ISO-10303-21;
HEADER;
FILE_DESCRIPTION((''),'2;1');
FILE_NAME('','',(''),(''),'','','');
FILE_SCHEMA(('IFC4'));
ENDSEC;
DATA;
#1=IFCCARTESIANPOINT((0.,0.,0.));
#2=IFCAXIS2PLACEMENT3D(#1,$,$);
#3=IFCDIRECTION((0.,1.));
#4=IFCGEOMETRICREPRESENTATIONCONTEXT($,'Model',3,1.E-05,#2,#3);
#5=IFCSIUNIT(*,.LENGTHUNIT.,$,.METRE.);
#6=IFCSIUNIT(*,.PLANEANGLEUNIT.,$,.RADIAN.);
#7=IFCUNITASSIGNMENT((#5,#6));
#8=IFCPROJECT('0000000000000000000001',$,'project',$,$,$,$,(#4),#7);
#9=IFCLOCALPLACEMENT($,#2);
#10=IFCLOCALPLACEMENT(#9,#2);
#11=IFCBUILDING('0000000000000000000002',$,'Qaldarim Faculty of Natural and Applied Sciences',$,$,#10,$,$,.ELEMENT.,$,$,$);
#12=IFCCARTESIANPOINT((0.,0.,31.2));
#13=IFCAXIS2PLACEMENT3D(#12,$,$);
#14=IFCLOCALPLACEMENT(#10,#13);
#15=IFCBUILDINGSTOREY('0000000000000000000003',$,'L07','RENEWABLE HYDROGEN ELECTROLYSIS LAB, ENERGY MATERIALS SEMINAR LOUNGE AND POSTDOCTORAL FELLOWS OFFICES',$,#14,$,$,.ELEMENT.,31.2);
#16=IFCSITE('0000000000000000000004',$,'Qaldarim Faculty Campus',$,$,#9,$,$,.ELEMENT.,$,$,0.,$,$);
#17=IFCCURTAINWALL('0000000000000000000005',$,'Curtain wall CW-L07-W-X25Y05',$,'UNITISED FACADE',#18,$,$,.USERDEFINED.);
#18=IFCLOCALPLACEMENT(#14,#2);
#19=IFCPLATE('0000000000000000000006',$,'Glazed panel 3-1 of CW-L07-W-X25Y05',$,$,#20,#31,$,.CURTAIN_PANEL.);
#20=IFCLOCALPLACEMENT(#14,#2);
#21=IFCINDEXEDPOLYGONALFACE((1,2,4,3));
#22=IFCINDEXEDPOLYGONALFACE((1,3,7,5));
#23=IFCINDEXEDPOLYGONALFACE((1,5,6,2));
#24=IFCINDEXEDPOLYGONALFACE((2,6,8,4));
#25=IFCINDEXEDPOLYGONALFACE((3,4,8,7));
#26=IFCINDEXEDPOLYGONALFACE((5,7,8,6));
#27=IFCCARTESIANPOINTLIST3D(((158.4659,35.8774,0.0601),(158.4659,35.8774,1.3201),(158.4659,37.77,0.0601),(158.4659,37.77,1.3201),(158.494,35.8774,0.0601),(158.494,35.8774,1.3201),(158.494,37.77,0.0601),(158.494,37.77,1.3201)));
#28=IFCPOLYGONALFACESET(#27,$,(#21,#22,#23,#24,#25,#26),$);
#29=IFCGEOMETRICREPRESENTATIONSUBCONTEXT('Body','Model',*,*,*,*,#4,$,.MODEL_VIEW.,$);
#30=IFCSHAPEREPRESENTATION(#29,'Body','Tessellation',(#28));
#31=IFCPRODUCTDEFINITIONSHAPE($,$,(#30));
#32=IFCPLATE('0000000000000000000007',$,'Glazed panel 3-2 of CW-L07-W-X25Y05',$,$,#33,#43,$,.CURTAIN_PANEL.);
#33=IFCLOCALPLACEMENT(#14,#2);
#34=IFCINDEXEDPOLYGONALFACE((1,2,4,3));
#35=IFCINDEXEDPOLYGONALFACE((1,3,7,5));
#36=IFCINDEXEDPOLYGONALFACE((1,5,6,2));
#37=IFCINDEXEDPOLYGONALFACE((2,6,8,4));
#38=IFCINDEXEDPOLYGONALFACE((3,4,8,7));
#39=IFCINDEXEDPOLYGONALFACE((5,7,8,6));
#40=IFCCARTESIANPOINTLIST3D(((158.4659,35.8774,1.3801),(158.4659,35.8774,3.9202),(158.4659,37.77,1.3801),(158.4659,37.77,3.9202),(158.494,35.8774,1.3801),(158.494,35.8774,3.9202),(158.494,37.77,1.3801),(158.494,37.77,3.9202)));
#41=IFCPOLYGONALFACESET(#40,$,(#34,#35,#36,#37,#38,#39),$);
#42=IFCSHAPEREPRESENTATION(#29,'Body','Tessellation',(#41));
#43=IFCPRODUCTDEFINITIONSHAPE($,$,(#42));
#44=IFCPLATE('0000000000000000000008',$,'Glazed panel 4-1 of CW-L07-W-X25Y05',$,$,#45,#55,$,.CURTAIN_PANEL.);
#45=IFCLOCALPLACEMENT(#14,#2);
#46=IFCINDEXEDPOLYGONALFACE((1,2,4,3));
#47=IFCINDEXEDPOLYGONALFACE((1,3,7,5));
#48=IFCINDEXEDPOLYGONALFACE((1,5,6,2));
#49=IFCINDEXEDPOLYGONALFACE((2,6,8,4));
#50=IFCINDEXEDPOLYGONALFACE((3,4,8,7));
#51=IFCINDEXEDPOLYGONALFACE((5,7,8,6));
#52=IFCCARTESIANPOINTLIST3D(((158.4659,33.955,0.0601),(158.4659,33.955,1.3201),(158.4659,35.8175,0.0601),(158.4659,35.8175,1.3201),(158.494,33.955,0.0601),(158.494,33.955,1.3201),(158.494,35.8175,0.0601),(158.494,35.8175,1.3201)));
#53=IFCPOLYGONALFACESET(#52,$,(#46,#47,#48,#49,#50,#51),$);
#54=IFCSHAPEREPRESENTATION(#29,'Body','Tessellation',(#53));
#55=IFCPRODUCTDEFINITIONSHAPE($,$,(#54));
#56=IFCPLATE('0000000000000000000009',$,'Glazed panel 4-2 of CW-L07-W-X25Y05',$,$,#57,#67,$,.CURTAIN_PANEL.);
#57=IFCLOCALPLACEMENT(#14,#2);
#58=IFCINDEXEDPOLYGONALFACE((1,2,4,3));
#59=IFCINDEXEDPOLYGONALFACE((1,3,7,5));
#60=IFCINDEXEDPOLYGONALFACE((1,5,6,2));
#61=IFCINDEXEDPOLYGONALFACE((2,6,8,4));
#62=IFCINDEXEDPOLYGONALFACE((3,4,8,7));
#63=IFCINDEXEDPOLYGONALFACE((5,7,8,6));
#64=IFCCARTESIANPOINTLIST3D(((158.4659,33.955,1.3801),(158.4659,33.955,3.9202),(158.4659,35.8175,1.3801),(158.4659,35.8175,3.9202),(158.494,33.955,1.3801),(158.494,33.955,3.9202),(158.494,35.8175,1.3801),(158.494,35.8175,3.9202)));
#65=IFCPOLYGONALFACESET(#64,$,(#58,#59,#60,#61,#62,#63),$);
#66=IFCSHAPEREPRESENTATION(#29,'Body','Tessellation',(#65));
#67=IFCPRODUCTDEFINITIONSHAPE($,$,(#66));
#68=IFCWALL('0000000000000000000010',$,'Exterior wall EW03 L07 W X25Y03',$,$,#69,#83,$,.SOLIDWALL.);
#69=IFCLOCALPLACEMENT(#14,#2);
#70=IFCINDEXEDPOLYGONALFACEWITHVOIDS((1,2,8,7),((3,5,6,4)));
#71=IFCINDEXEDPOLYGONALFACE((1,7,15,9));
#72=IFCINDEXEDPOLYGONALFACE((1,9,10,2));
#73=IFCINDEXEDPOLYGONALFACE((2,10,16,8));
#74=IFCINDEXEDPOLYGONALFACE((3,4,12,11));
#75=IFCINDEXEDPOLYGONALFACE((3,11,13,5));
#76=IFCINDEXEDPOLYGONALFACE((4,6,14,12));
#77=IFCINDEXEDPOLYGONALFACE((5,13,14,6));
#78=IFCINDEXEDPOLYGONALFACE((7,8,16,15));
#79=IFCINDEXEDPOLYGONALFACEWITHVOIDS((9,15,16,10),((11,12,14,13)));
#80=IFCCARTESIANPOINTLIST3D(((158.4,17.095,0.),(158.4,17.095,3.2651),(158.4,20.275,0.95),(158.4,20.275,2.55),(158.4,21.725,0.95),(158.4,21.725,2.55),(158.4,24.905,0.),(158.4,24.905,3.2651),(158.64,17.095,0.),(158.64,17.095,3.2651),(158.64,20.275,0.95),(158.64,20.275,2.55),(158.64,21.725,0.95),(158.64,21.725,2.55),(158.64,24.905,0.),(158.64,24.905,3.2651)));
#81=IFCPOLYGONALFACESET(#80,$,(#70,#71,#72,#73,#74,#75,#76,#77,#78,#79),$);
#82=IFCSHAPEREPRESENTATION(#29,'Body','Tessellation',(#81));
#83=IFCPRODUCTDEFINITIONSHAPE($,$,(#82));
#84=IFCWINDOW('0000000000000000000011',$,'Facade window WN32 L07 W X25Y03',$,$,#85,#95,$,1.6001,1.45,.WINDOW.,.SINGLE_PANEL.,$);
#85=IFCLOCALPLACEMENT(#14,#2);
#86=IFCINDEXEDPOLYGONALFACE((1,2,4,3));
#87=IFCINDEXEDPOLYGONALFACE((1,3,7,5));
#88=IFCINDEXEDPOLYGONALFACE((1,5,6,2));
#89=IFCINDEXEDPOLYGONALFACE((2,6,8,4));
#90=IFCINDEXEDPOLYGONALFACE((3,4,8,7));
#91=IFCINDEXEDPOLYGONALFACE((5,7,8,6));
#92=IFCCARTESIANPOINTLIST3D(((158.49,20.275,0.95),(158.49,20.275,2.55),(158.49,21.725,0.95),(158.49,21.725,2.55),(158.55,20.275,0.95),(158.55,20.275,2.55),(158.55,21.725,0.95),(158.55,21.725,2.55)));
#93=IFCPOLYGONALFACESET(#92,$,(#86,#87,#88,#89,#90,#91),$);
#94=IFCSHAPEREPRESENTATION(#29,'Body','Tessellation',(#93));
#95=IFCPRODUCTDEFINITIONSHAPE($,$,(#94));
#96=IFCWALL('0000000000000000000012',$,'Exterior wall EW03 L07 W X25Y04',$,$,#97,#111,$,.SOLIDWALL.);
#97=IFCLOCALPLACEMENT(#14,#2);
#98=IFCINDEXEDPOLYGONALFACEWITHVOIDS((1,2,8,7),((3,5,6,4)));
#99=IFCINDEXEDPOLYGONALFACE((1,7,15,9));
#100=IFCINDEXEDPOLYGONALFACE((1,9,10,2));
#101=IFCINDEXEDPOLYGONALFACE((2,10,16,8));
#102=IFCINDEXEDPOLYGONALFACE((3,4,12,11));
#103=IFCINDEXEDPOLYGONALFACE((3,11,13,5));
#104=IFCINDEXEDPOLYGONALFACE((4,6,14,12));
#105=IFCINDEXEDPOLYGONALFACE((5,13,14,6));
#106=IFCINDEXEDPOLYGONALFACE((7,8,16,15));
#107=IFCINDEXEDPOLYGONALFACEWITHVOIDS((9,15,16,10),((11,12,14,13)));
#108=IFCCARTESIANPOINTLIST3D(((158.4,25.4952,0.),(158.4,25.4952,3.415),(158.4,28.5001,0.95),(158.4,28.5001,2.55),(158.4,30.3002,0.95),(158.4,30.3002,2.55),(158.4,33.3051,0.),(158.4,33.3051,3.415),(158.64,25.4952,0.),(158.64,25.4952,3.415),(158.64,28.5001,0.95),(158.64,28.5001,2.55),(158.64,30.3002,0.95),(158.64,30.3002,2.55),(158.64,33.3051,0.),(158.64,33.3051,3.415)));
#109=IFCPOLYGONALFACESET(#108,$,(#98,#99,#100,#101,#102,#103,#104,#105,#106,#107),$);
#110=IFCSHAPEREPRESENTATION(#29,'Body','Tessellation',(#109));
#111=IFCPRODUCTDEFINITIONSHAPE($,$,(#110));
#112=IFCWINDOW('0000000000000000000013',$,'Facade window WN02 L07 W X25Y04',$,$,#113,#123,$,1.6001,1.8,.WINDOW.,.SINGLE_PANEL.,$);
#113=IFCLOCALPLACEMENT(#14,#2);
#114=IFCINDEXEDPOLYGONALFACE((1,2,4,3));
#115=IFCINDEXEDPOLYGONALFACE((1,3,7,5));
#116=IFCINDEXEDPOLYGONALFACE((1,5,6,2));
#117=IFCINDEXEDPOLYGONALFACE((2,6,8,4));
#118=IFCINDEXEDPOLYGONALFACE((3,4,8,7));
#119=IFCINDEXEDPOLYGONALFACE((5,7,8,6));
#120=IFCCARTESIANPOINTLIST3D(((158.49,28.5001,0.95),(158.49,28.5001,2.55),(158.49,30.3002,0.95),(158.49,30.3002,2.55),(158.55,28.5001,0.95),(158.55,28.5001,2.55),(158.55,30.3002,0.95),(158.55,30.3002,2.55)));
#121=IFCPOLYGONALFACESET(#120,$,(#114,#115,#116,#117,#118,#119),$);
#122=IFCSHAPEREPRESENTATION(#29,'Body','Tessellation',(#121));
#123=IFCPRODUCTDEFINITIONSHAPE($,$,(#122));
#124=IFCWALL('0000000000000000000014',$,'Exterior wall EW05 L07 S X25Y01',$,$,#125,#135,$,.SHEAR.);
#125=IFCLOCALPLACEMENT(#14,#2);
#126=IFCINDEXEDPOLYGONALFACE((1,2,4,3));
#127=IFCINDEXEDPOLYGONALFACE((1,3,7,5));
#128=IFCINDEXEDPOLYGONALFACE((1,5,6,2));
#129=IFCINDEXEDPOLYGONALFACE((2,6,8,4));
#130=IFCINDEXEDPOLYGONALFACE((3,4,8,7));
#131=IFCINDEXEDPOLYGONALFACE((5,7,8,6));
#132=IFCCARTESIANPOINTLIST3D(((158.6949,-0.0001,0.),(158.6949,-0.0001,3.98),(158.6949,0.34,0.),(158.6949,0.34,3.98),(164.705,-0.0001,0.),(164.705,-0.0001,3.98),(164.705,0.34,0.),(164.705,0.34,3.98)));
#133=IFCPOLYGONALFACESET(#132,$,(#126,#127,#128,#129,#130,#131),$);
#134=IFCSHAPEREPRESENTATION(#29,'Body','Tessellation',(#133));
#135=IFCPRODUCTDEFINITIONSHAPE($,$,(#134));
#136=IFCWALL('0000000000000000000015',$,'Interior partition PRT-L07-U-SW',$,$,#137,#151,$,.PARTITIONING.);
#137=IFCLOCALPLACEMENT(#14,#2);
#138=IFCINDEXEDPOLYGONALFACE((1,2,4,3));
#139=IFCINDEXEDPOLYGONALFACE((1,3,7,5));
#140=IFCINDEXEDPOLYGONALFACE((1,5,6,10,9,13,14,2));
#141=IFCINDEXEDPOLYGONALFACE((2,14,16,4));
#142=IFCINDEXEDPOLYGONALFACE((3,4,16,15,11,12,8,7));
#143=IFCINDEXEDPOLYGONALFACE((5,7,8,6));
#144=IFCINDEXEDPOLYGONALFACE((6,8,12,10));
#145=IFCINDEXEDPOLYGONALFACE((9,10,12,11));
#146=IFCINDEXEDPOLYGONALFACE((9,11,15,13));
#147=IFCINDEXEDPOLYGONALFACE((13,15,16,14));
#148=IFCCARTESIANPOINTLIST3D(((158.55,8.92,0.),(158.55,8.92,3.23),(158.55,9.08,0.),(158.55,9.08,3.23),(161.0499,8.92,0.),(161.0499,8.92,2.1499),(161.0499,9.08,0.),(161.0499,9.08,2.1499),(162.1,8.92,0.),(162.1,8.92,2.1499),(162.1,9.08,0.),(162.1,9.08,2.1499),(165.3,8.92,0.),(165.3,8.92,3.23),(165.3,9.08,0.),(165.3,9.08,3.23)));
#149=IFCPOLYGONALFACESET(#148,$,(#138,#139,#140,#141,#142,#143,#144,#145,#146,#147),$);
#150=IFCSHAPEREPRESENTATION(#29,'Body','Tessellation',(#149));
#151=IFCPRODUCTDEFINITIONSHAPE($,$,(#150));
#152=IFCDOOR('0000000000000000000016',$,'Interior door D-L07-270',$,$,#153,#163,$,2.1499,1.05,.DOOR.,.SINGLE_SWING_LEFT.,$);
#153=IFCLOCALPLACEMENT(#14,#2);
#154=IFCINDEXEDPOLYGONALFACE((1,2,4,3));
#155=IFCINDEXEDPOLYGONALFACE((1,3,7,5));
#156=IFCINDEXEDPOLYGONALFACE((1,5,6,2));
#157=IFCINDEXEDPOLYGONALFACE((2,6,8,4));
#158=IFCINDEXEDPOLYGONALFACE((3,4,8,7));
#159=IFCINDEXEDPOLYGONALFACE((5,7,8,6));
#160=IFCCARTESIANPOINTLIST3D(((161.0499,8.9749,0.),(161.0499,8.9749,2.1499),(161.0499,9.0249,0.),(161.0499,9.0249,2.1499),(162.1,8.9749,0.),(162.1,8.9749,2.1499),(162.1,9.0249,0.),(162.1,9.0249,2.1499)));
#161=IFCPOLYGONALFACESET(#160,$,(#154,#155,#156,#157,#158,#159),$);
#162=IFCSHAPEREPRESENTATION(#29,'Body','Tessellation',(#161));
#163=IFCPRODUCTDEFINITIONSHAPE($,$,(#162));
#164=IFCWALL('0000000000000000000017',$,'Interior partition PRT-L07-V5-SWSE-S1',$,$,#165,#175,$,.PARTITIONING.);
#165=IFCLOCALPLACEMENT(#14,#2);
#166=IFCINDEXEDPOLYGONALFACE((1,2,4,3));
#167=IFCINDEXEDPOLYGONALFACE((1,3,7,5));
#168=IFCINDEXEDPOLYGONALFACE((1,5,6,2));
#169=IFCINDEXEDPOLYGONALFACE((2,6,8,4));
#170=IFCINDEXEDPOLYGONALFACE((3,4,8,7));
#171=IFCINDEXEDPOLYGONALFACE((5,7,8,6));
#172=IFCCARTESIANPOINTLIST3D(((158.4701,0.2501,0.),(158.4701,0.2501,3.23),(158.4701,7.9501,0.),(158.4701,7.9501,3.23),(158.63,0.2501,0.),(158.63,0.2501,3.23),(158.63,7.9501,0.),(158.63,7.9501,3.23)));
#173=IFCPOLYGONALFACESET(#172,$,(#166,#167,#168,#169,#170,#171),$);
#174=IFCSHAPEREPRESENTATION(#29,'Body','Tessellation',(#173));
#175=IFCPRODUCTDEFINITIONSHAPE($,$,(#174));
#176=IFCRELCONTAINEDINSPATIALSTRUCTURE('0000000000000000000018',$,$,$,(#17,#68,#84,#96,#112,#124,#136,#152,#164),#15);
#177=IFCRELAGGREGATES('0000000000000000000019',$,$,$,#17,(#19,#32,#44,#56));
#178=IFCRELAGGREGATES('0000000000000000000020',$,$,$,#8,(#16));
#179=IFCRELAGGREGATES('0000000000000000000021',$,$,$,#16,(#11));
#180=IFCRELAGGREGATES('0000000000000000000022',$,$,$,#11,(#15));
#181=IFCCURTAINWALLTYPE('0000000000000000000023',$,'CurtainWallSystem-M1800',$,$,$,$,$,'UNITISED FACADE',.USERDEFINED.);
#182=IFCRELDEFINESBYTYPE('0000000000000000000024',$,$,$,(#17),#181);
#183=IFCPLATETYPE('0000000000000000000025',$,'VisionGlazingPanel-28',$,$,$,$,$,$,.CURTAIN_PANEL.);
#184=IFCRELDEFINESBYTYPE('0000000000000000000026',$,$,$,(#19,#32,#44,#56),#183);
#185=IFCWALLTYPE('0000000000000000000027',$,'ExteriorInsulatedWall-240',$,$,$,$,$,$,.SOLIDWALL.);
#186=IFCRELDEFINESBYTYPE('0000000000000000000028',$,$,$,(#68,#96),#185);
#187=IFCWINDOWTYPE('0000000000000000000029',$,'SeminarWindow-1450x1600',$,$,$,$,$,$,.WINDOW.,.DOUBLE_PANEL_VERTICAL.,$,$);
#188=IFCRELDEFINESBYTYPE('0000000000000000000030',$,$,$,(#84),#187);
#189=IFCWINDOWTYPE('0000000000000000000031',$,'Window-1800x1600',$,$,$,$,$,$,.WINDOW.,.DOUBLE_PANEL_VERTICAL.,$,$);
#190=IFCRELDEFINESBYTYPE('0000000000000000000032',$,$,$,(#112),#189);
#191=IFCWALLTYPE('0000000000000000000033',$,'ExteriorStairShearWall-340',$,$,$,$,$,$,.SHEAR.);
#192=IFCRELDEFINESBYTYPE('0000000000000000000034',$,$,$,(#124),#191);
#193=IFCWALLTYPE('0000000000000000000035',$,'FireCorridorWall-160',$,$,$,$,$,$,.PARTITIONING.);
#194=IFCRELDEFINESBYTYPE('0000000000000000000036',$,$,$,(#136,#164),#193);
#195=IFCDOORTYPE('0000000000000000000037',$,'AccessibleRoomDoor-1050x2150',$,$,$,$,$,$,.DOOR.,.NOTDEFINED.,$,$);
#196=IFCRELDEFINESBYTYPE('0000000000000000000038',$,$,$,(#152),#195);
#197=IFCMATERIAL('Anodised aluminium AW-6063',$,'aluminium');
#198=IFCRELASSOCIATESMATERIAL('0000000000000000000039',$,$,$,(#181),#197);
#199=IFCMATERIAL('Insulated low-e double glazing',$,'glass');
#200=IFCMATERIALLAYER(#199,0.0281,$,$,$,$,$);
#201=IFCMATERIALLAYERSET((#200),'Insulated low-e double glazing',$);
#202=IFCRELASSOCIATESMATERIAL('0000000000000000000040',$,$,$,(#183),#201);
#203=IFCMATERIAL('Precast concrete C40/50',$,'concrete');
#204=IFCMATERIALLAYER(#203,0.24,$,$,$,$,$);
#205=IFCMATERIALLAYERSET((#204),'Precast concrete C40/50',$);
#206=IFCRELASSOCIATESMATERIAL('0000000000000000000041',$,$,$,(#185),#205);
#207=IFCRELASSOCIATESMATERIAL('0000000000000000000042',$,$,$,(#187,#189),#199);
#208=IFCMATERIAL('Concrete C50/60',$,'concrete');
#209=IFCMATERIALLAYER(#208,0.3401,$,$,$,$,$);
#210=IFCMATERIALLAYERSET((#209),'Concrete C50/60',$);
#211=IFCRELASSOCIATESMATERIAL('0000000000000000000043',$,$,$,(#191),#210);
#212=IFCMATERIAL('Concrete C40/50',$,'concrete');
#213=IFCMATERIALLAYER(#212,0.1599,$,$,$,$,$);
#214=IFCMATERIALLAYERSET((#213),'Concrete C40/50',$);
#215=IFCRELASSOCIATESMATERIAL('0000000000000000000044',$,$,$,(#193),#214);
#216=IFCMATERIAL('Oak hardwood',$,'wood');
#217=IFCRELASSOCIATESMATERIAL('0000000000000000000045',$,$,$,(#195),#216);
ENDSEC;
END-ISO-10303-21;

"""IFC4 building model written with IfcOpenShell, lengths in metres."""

from ifc_helpers import new_model, si_unit, direction, frame, frame_2d, origin, origin_2d, place, context, subcontext, project, spatial, rectangle, extrude, material, layer, layer_set, type_object, element, fill, aggregate, save


model = new_model("IFC4")

# Units and contexts
model_context = context("Model", 3, precision=1e-05, world=origin(), true_north=direction((0.0, 1.0)))
body_context = subcontext(model_context, "Body", "Model", "MODEL_VIEW")
ifc_project = project(units=[si_unit("LENGTHUNIT", "METRE"), si_unit("PLANEANGLEUNIT", "RADIAN")], contexts=[model_context])

# Site, building, storey
site_placement = place(None, origin())
site = spatial("IfcSite", under=ifc_project, at=site_placement, Name="Qaldarim Faculty Campus", CompositionType="ELEMENT", RefElevation=0.0)
building_placement = place(site_placement, origin())
building = spatial("IfcBuilding", under=site, at=building_placement, Name="Qaldarim Faculty of Natural and Applied Sciences", CompositionType="ELEMENT")
storey_placement = place(building_placement, frame((0.0, 0.0, 31.2)))
storey = spatial("IfcBuildingStorey", under=building, at=storey_placement, Name="L07", Description="RENEWABLE HYDROGEN ELECTROLYSIS LAB, ENERGY MATERIALS SEMINAR LOUNGE AND POSTDOCTORAL FELLOWS OFFICES", CompositionType="ELEMENT", Elevation=31.2)

# Curtain wall
ifc_material_1 = material(Name="Anodised aluminium AW-6063", Category="aluminium")
curtain_wall_type = type_object("IfcCurtainWallType", Name="CurtainWallSystem-M1800", ElementType="UNITISED FACADE", PredefinedType="USERDEFINED", material=ifc_material_1)
curtain_wall_placement = place(storey_placement, origin())
curtain_wall = element("IfcCurtainWall", 1, at=curtain_wall_placement, inside=storey, type_object=curtain_wall_type, Name="Curtain wall CW-L07-W-X25Y05", ObjectType="UNITISED FACADE", PredefinedType="USERDEFINED")

# Shared definitions
ifc_material_2 = material(Name="Concrete C40/50", Category="concrete")

# Plates
ifc_material_3 = material(Name="Insulated low-e double glazing", Category="glass")
ifc_layer_1 = layer(ifc_material_3, 0.0281)
ifc_layer_set_1 = layer_set([ifc_layer_1], Name="Insulated low-e double glazing")
plate_type_1 = type_object("IfcPlateType", Name="VisionGlazingPanel-28", PredefinedType="CURTAIN_PANEL", material=ifc_layer_set_1)
plate_1_placement = place(storey_placement, frame((158.48, 36.8237, 0.0601), z_axis=(0.0, 0.0, 1.0), x_axis=(0.0, -1.0, 0.0)))
plate_1 = element("IfcPlate", 2, at=plate_1_placement, type_object=plate_type_1, Name="Glazed panel 3-1 of CW-L07-W-X25Y05", PredefinedType="CURTAIN_PANEL", context=body_context, shape_type="SweptSolid", body=[
    extrude(rectangle(XDim=1.8926, YDim=0.0281, at=origin_2d()), origin(), (0.0, 0.0, 1.0), 1.26),
])
plate_2_placement = place(storey_placement, frame((158.48, 36.8237, 1.3801), z_axis=(0.0, 0.0, 1.0), x_axis=(0.0, -1.0, 0.0)))
plate_2 = element("IfcPlate", 3, at=plate_2_placement, type_object=plate_type_1, Name="Glazed panel 3-2 of CW-L07-W-X25Y05", PredefinedType="CURTAIN_PANEL", context=body_context, shape_type="SweptSolid", body=[
    extrude(rectangle(XDim=1.8926, YDim=0.0281, at=origin_2d()), origin(), (0.0, 0.0, 1.0), 2.54),
])
plate_3_placement = place(storey_placement, frame((158.48, 34.8862, 0.0601), z_axis=(0.0, 0.0, 1.0), x_axis=(0.0, -1.0, 0.0)))
plate_3 = element("IfcPlate", 4, at=plate_3_placement, type_object=plate_type_1, Name="Glazed panel 4-1 of CW-L07-W-X25Y05", PredefinedType="CURTAIN_PANEL", context=body_context, shape_type="SweptSolid", body=[
    extrude(rectangle(XDim=1.8625, YDim=0.0281, at=origin_2d()), origin(), (0.0, 0.0, 1.0), 1.26),
])
plate_4_placement = place(storey_placement, frame((158.48, 34.8862, 1.3801), z_axis=(0.0, 0.0, 1.0), x_axis=(0.0, -1.0, 0.0)))
plate_4 = element("IfcPlate", 5, at=plate_4_placement, type_object=plate_type_1, Name="Glazed panel 4-2 of CW-L07-W-X25Y05", PredefinedType="CURTAIN_PANEL", context=body_context, shape_type="SweptSolid", body=[
    extrude(rectangle(XDim=1.8625, YDim=0.0281, at=origin_2d()), origin(), (0.0, 0.0, 1.0), 2.54),
])
aggregate(curtain_wall, [plate_1, plate_2, plate_3, plate_4])

# Walls, openings, windows
ifc_material_4 = material(Name="Precast concrete C40/50", Category="concrete")
ifc_layer_2 = layer(ifc_material_4, 0.24)
ifc_layer_set_2 = layer_set([ifc_layer_2], Name="Precast concrete C40/50")
wall_type_1 = type_object("IfcWallType", Name="ExteriorInsulatedWall-240", PredefinedType="SOLIDWALL", material=ifc_layer_set_2)
wall_1_placement = place(storey_placement, frame((158.52, 24.905, 0.0), z_axis=(0.0, 0.0, 1.0), x_axis=(0.0, -1.0, 0.0)))
wall_1 = element("IfcWall", 6, at=wall_1_placement, inside=storey, type_object=wall_type_1, Name="Exterior wall EW03 L07 W X25Y03", PredefinedType="SOLIDWALL", context=body_context, shape_type="SweptSolid", body=[
    extrude(rectangle(XDim=7.8101, YDim=0.24, at=frame_2d((3.905, 0.0))), origin(), (0.0, 0.0, 1.0), 3.2651),
])
opening_1_placement = place(wall_1_placement, frame((3.1799, 0.0, 0.95)))
opening_1 = element("IfcOpeningElement", 7, at=opening_1_placement, cuts=wall_1, PredefinedType="OPENING", context=body_context, shape_type="SweptSolid", body=[
    extrude(rectangle(XDim=1.45, YDim=1.6001, at=frame_2d((0.7251, 0.8))), frame((0.0, 0.1299, 0.0), z_axis=(0.0, -1.0, 0.0), x_axis=(1.0, 0.0, 0.0)), (0.0, 0.0, 1.0), 0.26),
])
window_type_1 = type_object("IfcWindowType", Name="SeminarWindow-1450x1600", PartitioningType="DOUBLE_PANEL_VERTICAL", PredefinedType="WINDOW", material=ifc_material_3)
window_1_placement = place(opening_1_placement, origin())
window_1 = element("IfcWindow", 8, at=window_1_placement, inside=storey, type_object=window_type_1, Name="Facade window WN32 L07 W X25Y03", OverallHeight=1.6001, OverallWidth=1.45, PartitioningType="SINGLE_PANEL", PredefinedType="WINDOW", context=body_context, shape_type="SweptSolid", body=[
    extrude(rectangle(XDim=1.45, YDim=1.6001, at=frame_2d((0.7251, 0.8))), frame((0.0, 0.03, 0.0), z_axis=(0.0, -1.0, 0.0), x_axis=(1.0, 0.0, 0.0)), (0.0, 0.0, 1.0), 0.0601),
])
fill(opening_1, window_1)
wall_2_placement = place(storey_placement, frame((158.52, 33.3049, 0.0), z_axis=(0.0, 0.0, 1.0), x_axis=(0.0, -1.0, 0.0)))
wall_2 = element("IfcWall", 9, at=wall_2_placement, inside=storey, type_object=wall_type_1, Name="Exterior wall EW03 L07 W X25Y04", PredefinedType="SOLIDWALL", context=body_context, shape_type="SweptSolid", body=[
    extrude(rectangle(XDim=7.8098, YDim=0.24, at=frame_2d((3.9048, 0.0))), origin(), (0.0, 0.0, 1.0), 3.415),
])
opening_2_placement = place(wall_2_placement, frame((3.0049, 0.0, 0.95)))
opening_2 = element("IfcOpeningElement", 10, at=opening_2_placement, cuts=wall_2, PredefinedType="OPENING", context=body_context, shape_type="SweptSolid", body=[
    extrude(rectangle(XDim=1.8, YDim=1.6001, at=frame_2d((0.8999, 0.8))), frame((0.0, 0.1299, 0.0), z_axis=(0.0, -1.0, 0.0), x_axis=(1.0, 0.0, 0.0)), (0.0, 0.0, 1.0), 0.26),
])
window_type_2 = type_object("IfcWindowType", Name="Window-1800x1600", PartitioningType="DOUBLE_PANEL_VERTICAL", PredefinedType="WINDOW", material=ifc_material_3)
window_2_placement = place(opening_2_placement, origin())
window_2 = element("IfcWindow", 11, at=window_2_placement, inside=storey, type_object=window_type_2, Name="Facade window WN02 L07 W X25Y04", OverallHeight=1.6001, OverallWidth=1.8, PartitioningType="SINGLE_PANEL", PredefinedType="WINDOW", context=body_context, shape_type="SweptSolid", body=[
    extrude(rectangle(XDim=1.8, YDim=1.6001, at=frame_2d((0.8999, 0.8))), frame((0.0, 0.03, 0.0), z_axis=(0.0, -1.0, 0.0), x_axis=(1.0, 0.0, 0.0)), (0.0, 0.0, 1.0), 0.0601),
])
fill(opening_2, window_2)

# Wall
ifc_material_5 = material(Name="Concrete C50/60", Category="concrete")
ifc_layer_3 = layer(ifc_material_5, 0.3401)
ifc_layer_set_3 = layer_set([ifc_layer_3], Name="Concrete C50/60")
wall_type_2 = type_object("IfcWallType", Name="ExteriorStairShearWall-340", PredefinedType="SHEAR", material=ifc_layer_set_3)
wall_3_placement = place(storey_placement, frame((158.6951, 0.1699, 0.0), z_axis=(0.0, 0.0, 1.0), x_axis=(1.0, 0.0, 0.0)))
element("IfcWall", 12, at=wall_3_placement, inside=storey, type_object=wall_type_2, Name="Exterior wall EW05 L07 S X25Y01", PredefinedType="SHEAR", context=body_context, shape_type="SweptSolid", body=[
    extrude(rectangle(XDim=6.01, YDim=0.3401, at=frame_2d((3.0049, 0.0))), origin(), (0.0, 0.0, 1.0), 3.98),
])

# Wall, opening, door
ifc_layer_4 = layer(ifc_material_2, 0.1599)
ifc_layer_set_4 = layer_set([ifc_layer_4], Name="Concrete C40/50")
wall_type_3 = type_object("IfcWallType", Name="FireCorridorWall-160", PredefinedType="PARTITIONING", material=ifc_layer_set_4)
wall_4_placement = place(storey_placement, frame((158.55, 9.0, 0.0), z_axis=(0.0, 0.0, 1.0), x_axis=(1.0, 0.0, 0.0)))
wall_4 = element("IfcWall", 13, at=wall_4_placement, inside=storey, type_object=wall_type_3, Name="Interior partition PRT-L07-U-SW", PredefinedType="PARTITIONING", context=body_context, shape_type="SweptSolid", body=[
    extrude(rectangle(XDim=6.75, YDim=0.1599, at=frame_2d((3.375, 0.0))), origin(), (0.0, 0.0, 1.0), 3.23),
])
opening_3_placement = place(wall_4_placement, frame((2.5, 0.0, 0.0)))
opening_3 = element("IfcOpeningElement", 14, at=opening_3_placement, cuts=wall_4, PredefinedType="OPENING", context=body_context, shape_type="SweptSolid", body=[
    extrude(rectangle(XDim=1.05, YDim=2.1499, at=frame_2d((0.5249, 1.075))), frame((0.0, 0.0898, 0.0), z_axis=(0.0, -1.0, 0.0), x_axis=(1.0, 0.0, 0.0)), (0.0, 0.0, 1.0), 0.1799),
])
ifc_material_6 = material(Name="Oak hardwood", Category="wood")
door_type = type_object("IfcDoorType", Name="AccessibleRoomDoor-1050x2150", OperationType="NOTDEFINED", PredefinedType="DOOR", material=ifc_material_6)
door_placement = place(opening_3_placement, origin())
door = element("IfcDoor", 15, at=door_placement, inside=storey, type_object=door_type, Name="Interior door D-L07-270", OperationType="SINGLE_SWING_LEFT", OverallHeight=2.1499, OverallWidth=1.05, PredefinedType="DOOR", context=body_context, shape_type="SweptSolid", body=[
    extrude(rectangle(XDim=1.05, YDim=2.1499, at=frame_2d((0.5249, 1.075))), frame((0.0, 0.0249, 0.0), z_axis=(0.0, -1.0, 0.0), x_axis=(1.0, 0.0, 0.0)), (0.0, 0.0, 1.0), 0.05),
])
fill(opening_3, door)

# Wall
wall_5_placement = place(storey_placement, frame((158.55, 0.25, 0.0), z_axis=(0.0, 0.0, 1.0), x_axis=(0.0, 1.0, 0.0)))
element("IfcWall", 16, at=wall_5_placement, inside=storey, type_object=wall_type_3, Name="Interior partition PRT-L07-V5-SWSE-S1", PredefinedType="PARTITIONING", context=body_context, shape_type="SweptSolid", body=[
    extrude(rectangle(XDim=7.7, YDim=0.1599, at=frame_2d((3.8501, 0.0))), origin(), (0.0, 0.0, 1.0), 3.23),
])

save(model, "model.ifc")
